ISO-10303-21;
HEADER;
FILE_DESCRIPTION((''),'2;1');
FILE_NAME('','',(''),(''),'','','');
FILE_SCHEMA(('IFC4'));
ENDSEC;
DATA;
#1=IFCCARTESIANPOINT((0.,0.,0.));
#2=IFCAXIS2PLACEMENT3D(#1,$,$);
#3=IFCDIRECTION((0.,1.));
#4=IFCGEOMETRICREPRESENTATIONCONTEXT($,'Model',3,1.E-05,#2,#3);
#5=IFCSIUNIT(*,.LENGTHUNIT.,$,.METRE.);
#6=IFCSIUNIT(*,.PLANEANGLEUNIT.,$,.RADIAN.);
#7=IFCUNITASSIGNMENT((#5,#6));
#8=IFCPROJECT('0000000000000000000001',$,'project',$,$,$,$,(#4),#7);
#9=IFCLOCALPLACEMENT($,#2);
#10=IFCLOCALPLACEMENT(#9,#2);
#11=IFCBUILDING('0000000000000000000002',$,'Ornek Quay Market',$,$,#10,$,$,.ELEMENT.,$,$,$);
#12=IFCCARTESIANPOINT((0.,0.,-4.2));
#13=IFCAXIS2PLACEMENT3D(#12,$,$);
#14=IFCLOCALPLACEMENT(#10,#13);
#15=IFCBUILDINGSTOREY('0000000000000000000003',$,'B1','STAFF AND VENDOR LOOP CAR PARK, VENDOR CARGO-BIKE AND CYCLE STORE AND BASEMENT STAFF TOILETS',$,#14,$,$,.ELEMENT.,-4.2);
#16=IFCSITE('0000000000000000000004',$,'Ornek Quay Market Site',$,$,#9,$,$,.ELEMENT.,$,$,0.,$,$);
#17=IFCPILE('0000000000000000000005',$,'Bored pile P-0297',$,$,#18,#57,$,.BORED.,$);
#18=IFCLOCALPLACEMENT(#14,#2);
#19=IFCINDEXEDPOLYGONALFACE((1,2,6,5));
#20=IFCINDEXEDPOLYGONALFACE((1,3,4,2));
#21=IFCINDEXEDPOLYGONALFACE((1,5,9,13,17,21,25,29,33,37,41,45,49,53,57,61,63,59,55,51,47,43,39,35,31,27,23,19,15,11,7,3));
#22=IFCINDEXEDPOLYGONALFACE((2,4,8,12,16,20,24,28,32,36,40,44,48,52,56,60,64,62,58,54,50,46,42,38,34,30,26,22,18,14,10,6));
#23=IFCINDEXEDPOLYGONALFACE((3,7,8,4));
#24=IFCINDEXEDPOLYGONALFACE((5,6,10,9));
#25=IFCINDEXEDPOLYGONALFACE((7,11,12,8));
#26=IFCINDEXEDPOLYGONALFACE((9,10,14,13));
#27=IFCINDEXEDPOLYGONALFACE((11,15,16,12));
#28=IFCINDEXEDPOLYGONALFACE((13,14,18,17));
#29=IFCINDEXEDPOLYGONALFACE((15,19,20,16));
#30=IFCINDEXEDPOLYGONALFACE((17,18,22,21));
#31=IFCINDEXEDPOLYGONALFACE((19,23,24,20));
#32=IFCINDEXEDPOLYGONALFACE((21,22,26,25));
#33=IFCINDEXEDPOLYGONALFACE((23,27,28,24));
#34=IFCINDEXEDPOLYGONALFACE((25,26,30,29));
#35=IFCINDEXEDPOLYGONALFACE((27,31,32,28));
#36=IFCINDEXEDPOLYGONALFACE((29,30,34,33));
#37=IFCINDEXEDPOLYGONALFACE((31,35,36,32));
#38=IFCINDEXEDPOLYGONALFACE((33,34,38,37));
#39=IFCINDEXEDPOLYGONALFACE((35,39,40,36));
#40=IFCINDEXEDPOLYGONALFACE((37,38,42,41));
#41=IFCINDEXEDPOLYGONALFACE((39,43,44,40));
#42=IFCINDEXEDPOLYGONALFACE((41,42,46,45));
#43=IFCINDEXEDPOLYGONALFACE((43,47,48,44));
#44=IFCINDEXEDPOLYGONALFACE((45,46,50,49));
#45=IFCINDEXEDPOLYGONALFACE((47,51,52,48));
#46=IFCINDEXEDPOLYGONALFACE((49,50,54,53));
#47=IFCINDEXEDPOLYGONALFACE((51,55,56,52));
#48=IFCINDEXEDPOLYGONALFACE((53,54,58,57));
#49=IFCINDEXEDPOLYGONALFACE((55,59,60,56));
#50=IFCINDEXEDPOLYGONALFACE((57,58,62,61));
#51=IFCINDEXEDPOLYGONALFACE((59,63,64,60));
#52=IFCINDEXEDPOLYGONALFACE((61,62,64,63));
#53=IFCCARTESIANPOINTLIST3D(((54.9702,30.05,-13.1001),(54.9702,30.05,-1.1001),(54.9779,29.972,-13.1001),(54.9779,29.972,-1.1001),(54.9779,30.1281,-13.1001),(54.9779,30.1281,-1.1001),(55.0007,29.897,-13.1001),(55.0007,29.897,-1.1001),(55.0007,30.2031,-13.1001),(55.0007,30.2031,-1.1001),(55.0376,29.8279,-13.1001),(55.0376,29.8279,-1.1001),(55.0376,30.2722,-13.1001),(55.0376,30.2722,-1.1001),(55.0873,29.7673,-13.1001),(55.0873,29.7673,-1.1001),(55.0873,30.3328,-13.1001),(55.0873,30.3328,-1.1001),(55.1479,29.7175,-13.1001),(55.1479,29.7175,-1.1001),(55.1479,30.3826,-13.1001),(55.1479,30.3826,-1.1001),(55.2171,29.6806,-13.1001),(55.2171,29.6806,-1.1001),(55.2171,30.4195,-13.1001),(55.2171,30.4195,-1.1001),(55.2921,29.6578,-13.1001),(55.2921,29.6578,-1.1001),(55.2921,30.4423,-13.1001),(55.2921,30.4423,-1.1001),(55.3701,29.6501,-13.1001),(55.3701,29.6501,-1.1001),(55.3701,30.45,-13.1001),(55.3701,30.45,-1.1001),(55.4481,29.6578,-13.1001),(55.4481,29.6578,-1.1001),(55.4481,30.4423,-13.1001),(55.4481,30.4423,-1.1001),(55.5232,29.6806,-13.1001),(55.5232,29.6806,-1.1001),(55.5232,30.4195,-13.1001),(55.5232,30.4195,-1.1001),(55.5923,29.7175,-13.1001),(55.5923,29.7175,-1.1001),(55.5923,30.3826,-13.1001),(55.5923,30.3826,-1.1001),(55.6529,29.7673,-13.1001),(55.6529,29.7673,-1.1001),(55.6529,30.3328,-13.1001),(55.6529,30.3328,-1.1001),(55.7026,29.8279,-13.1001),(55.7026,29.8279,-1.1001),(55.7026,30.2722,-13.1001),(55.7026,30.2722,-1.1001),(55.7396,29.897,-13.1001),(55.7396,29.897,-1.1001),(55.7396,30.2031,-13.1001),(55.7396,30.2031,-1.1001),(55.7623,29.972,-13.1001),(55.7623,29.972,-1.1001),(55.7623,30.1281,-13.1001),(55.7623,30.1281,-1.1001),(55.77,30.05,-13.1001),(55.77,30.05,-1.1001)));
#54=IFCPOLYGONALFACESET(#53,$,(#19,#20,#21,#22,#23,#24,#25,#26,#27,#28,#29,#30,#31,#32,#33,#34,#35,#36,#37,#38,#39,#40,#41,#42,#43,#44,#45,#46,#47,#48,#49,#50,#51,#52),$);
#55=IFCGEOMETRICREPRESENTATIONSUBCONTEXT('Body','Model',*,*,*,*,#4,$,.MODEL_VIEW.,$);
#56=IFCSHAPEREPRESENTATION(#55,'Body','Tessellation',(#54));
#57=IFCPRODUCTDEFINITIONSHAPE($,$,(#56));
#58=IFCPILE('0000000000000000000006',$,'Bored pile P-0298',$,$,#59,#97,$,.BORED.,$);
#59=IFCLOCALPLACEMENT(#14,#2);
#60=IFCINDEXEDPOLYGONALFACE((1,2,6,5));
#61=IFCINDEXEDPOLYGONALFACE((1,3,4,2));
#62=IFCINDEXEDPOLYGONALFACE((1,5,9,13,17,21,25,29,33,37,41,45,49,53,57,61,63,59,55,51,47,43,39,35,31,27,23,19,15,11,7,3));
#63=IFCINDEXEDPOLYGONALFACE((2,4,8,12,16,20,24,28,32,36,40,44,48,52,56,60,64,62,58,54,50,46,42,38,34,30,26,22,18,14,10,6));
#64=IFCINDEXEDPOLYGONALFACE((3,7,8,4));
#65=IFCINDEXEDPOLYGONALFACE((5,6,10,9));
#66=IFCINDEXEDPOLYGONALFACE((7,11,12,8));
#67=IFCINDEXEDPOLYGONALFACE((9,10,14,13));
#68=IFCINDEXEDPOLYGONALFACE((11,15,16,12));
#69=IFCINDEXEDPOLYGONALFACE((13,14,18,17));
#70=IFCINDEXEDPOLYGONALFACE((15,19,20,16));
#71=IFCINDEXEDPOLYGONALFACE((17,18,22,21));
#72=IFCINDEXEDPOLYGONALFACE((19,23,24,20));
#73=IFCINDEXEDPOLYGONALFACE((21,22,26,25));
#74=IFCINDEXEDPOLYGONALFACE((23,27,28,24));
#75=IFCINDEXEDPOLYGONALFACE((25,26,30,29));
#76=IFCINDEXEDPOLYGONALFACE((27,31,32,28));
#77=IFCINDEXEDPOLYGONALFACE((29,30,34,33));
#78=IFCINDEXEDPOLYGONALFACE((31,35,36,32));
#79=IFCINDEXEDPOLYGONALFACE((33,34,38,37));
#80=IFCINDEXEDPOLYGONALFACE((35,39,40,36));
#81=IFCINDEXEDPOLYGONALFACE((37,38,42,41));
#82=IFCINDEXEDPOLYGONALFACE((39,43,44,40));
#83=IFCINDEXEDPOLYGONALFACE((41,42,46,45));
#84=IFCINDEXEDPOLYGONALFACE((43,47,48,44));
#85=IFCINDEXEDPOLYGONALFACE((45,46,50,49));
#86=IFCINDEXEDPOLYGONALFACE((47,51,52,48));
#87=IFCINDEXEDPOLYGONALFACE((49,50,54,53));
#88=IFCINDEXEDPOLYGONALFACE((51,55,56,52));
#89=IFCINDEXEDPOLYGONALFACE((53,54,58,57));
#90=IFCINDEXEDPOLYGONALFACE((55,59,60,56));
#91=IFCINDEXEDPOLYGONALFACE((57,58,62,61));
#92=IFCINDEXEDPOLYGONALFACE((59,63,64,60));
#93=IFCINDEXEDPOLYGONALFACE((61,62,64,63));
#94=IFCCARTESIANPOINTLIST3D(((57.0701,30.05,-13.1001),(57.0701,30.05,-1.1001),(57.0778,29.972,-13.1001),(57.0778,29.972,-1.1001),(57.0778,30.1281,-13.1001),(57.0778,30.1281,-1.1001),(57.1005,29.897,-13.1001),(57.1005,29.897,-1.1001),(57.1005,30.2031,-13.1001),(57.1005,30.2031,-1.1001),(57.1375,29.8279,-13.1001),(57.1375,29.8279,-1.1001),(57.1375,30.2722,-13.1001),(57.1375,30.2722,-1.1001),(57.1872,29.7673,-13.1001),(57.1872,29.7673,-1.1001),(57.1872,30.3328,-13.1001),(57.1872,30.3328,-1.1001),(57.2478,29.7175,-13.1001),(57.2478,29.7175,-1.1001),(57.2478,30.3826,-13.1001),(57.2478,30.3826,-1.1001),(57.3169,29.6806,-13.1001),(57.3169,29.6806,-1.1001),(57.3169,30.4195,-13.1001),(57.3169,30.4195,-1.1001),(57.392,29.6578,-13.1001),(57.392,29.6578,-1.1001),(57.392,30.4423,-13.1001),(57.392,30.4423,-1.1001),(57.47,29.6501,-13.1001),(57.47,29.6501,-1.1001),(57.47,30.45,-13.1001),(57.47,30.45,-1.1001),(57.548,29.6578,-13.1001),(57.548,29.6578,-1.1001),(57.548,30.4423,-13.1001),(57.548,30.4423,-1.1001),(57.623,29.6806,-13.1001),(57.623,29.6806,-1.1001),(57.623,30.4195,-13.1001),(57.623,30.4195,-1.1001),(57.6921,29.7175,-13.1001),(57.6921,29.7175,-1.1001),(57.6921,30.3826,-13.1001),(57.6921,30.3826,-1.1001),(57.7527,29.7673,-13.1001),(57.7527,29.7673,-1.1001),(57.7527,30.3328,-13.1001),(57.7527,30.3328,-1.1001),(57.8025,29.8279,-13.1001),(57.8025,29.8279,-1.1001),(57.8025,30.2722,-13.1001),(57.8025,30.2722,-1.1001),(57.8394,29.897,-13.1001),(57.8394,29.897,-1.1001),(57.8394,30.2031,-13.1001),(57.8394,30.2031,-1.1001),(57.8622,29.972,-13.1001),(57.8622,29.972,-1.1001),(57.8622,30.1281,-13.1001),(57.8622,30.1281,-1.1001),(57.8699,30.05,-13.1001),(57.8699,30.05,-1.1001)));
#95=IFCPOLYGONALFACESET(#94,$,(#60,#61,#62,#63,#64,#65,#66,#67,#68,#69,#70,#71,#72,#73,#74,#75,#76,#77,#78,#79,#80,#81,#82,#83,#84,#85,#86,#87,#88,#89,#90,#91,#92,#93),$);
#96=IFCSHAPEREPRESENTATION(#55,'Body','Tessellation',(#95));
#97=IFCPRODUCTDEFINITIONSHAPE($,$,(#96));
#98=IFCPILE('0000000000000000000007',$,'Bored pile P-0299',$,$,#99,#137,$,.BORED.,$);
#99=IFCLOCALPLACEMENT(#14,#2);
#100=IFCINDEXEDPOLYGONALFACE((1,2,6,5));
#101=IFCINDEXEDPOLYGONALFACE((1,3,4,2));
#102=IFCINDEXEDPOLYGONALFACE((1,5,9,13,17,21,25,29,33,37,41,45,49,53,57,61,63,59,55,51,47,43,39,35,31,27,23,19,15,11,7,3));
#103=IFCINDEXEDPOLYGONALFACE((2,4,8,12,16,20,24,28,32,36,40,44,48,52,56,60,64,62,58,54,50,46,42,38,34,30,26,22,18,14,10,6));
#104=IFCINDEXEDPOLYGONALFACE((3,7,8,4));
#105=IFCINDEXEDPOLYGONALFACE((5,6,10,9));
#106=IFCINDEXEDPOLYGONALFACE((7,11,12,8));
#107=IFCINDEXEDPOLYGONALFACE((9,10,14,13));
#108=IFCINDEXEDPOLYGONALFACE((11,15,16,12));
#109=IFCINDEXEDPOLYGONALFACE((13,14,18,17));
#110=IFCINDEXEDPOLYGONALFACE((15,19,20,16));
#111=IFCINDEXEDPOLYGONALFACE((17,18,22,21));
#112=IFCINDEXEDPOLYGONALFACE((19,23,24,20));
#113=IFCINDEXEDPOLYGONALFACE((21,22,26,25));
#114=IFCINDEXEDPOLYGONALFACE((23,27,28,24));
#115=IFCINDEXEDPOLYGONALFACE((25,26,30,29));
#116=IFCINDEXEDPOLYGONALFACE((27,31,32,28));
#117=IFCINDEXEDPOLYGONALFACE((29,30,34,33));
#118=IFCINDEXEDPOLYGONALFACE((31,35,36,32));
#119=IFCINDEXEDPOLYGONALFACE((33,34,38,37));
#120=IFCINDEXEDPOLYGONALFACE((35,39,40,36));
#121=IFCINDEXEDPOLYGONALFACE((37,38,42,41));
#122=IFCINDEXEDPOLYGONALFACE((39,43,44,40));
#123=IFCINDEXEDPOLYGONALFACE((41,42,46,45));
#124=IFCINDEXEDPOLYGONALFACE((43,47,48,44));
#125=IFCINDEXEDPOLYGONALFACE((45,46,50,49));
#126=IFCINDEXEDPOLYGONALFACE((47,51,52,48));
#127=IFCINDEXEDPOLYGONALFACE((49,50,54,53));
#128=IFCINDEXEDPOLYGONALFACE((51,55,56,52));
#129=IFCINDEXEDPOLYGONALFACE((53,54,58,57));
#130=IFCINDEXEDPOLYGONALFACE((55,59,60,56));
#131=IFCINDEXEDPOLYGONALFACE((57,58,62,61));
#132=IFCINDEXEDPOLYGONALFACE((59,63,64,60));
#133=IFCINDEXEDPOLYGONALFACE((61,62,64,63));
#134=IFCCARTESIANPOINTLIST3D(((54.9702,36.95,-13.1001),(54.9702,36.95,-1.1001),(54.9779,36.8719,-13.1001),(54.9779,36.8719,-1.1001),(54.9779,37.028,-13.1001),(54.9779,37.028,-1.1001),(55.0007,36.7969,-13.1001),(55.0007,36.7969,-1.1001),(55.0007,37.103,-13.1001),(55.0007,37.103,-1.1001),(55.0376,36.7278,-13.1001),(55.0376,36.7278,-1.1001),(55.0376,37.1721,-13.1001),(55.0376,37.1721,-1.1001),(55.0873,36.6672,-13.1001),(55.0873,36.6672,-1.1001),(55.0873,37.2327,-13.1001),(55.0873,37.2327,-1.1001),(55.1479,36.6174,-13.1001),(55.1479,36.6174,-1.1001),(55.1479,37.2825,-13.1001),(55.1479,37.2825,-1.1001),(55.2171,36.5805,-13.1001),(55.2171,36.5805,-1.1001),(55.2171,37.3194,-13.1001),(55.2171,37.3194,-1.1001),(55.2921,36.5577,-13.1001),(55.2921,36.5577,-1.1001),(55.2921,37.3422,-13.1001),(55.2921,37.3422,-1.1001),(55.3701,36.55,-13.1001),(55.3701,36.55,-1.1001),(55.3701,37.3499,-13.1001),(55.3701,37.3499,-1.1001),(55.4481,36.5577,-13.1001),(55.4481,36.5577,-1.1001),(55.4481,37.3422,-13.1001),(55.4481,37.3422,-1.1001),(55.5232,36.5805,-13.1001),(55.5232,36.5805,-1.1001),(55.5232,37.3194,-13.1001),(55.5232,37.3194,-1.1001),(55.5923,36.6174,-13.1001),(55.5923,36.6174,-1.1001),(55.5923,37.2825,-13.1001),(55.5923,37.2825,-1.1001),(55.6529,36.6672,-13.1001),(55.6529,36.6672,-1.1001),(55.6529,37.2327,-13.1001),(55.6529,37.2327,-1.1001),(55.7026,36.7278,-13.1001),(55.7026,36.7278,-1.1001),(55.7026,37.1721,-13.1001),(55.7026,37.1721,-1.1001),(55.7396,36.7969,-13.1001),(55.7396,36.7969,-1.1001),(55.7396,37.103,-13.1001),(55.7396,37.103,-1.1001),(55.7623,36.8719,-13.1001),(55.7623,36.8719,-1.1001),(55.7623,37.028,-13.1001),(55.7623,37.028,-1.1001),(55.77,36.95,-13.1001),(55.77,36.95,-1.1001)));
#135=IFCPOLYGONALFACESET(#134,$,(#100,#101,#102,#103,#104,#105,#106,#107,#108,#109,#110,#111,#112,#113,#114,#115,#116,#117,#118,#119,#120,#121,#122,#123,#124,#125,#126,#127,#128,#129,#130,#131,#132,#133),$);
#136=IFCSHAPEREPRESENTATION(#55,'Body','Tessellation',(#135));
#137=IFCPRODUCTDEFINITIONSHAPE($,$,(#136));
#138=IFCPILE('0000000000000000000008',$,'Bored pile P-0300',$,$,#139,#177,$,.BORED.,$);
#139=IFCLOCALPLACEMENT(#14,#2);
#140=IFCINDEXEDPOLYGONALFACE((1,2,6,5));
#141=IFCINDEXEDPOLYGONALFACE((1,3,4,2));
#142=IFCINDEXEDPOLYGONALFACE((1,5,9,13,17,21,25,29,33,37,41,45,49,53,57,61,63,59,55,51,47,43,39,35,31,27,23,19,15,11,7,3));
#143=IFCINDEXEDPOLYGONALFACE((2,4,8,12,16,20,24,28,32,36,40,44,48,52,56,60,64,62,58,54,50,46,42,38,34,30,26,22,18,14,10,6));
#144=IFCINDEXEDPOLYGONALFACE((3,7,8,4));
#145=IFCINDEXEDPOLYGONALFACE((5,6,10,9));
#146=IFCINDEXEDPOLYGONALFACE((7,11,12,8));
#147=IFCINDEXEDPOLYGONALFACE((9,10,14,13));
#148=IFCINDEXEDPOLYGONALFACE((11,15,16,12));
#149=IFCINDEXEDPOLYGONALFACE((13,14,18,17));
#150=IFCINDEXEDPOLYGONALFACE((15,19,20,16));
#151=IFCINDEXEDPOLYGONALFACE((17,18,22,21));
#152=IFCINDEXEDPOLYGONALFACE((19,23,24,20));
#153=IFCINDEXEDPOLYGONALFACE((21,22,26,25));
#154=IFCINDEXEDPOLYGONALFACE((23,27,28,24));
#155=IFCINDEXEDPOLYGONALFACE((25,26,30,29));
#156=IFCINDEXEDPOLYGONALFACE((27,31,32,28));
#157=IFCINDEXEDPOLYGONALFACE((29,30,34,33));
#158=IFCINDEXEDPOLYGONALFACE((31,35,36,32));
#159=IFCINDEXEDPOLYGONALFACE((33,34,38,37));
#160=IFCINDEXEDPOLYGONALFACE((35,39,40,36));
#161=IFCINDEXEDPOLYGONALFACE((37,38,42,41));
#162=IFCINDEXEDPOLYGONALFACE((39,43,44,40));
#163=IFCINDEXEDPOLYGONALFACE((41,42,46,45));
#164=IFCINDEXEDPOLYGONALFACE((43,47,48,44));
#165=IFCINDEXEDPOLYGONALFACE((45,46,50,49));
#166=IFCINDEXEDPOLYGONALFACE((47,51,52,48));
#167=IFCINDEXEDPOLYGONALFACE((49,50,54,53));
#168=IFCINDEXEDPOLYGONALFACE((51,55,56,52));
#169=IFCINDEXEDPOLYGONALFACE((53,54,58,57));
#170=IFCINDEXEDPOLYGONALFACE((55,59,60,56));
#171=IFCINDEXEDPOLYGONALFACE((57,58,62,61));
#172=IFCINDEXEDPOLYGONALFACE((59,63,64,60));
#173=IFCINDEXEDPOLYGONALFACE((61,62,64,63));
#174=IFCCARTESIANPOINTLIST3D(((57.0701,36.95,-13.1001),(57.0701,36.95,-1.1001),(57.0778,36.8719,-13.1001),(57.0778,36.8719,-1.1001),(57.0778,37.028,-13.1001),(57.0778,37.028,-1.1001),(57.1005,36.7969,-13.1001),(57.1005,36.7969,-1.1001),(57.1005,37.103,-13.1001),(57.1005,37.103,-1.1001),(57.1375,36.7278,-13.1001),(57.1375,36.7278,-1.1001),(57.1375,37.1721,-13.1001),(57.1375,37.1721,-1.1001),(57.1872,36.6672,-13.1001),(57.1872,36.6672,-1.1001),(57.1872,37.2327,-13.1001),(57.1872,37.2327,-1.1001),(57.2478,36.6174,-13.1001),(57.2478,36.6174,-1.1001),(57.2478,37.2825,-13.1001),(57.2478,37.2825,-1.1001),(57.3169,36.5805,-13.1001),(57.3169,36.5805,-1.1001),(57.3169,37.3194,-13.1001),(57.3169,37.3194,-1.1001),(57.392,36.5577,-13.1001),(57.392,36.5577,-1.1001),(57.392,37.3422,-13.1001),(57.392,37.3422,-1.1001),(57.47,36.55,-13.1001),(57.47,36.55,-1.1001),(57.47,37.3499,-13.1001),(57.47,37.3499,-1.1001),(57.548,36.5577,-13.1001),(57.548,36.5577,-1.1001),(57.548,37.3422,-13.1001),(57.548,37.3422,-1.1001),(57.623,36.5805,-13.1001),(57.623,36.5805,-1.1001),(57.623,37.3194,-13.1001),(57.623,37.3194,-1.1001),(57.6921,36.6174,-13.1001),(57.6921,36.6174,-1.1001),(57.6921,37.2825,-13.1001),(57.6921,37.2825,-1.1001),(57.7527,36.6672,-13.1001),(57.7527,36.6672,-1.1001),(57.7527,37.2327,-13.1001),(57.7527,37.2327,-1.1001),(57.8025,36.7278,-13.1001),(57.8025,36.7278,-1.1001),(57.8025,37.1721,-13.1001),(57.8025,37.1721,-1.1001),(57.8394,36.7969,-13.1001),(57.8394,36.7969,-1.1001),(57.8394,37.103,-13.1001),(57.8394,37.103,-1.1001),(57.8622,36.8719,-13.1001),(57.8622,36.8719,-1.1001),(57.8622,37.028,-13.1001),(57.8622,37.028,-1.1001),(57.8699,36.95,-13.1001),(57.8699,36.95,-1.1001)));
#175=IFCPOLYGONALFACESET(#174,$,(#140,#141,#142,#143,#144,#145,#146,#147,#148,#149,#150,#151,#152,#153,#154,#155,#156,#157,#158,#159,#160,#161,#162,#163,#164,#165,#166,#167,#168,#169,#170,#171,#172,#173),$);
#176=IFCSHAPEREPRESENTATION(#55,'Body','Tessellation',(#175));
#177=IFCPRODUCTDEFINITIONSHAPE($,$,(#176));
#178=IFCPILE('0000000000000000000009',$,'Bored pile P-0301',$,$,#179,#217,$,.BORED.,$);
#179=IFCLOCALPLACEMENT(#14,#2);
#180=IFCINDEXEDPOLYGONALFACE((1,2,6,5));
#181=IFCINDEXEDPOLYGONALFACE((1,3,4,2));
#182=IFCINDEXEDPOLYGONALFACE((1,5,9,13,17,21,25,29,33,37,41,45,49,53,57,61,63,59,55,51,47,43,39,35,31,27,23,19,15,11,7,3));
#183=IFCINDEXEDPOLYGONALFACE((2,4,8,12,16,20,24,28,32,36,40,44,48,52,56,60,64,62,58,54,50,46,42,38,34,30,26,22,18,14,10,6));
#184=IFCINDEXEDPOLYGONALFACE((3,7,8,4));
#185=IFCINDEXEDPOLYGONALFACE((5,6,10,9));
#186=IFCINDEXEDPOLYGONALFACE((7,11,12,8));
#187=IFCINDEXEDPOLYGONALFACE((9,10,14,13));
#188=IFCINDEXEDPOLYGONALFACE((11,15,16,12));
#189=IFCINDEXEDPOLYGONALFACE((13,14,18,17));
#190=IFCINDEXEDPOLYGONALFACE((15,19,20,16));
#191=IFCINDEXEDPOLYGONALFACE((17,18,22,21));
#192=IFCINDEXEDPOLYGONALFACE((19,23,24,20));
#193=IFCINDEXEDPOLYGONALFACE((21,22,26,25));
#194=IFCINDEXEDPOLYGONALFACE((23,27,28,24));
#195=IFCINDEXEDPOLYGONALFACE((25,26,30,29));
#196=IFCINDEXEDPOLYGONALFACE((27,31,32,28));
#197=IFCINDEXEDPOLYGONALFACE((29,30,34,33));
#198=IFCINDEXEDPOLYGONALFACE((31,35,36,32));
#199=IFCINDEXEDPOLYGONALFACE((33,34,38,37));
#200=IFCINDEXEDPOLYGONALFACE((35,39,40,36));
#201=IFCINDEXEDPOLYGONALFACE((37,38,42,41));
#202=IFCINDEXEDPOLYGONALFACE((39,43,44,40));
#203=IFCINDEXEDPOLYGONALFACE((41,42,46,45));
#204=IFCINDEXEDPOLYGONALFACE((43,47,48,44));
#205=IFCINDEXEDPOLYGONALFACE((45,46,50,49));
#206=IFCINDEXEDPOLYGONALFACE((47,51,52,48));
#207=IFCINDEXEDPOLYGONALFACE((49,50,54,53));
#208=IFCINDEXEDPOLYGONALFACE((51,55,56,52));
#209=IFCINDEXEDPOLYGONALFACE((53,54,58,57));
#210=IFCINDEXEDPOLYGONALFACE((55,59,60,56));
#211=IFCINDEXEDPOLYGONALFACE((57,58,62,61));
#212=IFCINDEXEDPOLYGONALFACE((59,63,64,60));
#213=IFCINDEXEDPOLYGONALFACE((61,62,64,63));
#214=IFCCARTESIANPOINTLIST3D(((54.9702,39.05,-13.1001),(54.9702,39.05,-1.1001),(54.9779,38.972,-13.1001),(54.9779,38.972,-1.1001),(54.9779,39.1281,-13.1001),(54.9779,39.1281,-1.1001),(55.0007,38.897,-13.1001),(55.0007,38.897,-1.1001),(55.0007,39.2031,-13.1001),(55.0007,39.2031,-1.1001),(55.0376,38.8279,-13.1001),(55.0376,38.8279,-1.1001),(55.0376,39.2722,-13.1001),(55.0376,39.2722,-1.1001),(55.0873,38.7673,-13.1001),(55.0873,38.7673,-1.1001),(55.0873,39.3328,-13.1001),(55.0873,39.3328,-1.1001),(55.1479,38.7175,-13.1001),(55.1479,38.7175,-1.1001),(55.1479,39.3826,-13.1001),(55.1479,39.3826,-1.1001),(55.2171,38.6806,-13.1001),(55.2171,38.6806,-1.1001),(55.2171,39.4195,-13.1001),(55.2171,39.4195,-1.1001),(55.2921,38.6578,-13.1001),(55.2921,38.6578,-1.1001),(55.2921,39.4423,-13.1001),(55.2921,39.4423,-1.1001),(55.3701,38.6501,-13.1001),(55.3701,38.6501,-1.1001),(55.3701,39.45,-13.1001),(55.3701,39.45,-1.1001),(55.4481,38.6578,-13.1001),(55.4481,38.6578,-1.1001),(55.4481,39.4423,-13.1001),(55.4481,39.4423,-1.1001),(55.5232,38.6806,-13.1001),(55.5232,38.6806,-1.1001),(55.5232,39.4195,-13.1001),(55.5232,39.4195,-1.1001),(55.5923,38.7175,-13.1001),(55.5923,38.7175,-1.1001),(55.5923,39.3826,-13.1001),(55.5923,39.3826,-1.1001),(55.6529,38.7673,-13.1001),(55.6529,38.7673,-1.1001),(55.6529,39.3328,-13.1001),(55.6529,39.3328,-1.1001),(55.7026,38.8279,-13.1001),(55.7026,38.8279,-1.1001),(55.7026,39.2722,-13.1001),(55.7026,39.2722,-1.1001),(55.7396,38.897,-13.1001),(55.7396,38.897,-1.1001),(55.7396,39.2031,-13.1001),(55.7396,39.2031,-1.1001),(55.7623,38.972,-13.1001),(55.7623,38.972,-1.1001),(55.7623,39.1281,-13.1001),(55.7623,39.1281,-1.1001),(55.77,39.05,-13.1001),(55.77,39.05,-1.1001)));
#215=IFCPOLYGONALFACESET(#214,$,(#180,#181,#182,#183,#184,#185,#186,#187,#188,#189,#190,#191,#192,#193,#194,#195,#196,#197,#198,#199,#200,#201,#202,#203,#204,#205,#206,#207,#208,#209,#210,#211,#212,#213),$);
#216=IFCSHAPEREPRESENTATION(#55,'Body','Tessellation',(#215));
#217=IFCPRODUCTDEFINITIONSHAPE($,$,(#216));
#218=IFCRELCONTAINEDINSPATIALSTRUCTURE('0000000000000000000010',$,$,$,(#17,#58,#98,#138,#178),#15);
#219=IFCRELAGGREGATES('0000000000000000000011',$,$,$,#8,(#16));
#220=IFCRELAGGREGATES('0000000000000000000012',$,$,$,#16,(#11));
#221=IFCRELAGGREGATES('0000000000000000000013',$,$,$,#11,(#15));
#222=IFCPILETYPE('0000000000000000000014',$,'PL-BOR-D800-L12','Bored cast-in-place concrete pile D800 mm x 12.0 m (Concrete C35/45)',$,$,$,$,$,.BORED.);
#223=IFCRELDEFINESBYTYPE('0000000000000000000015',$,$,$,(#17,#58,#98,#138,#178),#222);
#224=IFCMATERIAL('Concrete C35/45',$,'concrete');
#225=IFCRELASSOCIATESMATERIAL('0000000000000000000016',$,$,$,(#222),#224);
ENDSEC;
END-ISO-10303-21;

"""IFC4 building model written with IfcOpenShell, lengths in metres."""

from ifc_helpers import new_model, si_unit, direction, frame, origin, origin_2d, place, context, subcontext, project, spatial, circle, extrude, material, material_profile, profile_set, type_object, element, save


model = new_model("IFC4")

# Units and contexts
model_context = context("Model", 3, precision=1e-05, world=origin(), true_north=direction((0.0, 1.0)))
body_context = subcontext(model_context, "Body", "Model", "MODEL_VIEW")
ifc_project = project(units=[si_unit("LENGTHUNIT", "METRE"), si_unit("PLANEANGLEUNIT", "RADIAN")], contexts=[model_context])

# Site, building, storey
site_placement = place(None, origin())
site = spatial("IfcSite", under=ifc_project, at=site_placement, Name="Ornek Quay Market Site", CompositionType="ELEMENT", RefElevation=0.0)
building_placement = place(site_placement, origin())
building = spatial("IfcBuilding", under=site, at=building_placement, Name="Ornek Quay Market", CompositionType="ELEMENT")
storey_placement = place(building_placement, frame((0.0, 0.0, -4.2)))
storey = spatial("IfcBuildingStorey", under=building, at=storey_placement, Name="B1", Description="STAFF AND VENDOR LOOP CAR PARK, VENDOR CARGO-BIKE AND CYCLE STORE AND BASEMENT STAFF TOILETS", CompositionType="ELEMENT", Elevation=-4.2)

# Piles
ifc_material_1 = material(Name="Concrete C35/45", Category="concrete")
ifc_material_profile_1 = material_profile(ifc_material_1, circle(Radius=0.3999, at=origin_2d()), Name="PILE D800", Category="concrete")
ifc_profile_set_1 = profile_set([ifc_material_profile_1], Name="Concrete C35/45")
pile_type = type_object("IfcPileType", Name="PL-BOR-D800-L12", Description="Bored cast-in-place concrete pile D800 mm x 12.0 m (Concrete C35/45)", PredefinedType="BORED", material=ifc_profile_set_1)
for number, where, z_axis, x_axis, name in (
    (1, (55.3701, 30.05, -1.1001), (0.0, 0.0, -1.0), (1.0, 0.0, 0.0), "Bored pile P-0297"),
    (2, (57.47, 30.05, -1.1001), (0.0, 0.0, -1.0), (1.0, 0.0, 0.0), "Bored pile P-0298"),
    (3, (55.3701, 36.95, -1.1001), (0.0, 0.0, -1.0), (1.0, 0.0, 0.0), "Bored pile P-0299"),
    (4, (57.47, 36.95, -1.1001), (0.0, 0.0, -1.0), (1.0, 0.0, 0.0), "Bored pile P-0300"),
    (5, (55.3701, 39.05, -1.1001), (0.0, 0.0, -1.0), (1.0, 0.0, 0.0), "Bored pile P-0301"),
):
    element("IfcPile", number, at=place(storey_placement, frame(where, z_axis=z_axis, x_axis=x_axis)), inside=storey, type_object=pile_type, Name=name, PredefinedType="BORED", context=body_context, shape_type="SweptSolid", body=[
        extrude(circle(Radius=0.3999, at=origin_2d()), origin(), (0.0, 0.0, 1.0), 12.0),
    ])

save(model, "model.ifc")
